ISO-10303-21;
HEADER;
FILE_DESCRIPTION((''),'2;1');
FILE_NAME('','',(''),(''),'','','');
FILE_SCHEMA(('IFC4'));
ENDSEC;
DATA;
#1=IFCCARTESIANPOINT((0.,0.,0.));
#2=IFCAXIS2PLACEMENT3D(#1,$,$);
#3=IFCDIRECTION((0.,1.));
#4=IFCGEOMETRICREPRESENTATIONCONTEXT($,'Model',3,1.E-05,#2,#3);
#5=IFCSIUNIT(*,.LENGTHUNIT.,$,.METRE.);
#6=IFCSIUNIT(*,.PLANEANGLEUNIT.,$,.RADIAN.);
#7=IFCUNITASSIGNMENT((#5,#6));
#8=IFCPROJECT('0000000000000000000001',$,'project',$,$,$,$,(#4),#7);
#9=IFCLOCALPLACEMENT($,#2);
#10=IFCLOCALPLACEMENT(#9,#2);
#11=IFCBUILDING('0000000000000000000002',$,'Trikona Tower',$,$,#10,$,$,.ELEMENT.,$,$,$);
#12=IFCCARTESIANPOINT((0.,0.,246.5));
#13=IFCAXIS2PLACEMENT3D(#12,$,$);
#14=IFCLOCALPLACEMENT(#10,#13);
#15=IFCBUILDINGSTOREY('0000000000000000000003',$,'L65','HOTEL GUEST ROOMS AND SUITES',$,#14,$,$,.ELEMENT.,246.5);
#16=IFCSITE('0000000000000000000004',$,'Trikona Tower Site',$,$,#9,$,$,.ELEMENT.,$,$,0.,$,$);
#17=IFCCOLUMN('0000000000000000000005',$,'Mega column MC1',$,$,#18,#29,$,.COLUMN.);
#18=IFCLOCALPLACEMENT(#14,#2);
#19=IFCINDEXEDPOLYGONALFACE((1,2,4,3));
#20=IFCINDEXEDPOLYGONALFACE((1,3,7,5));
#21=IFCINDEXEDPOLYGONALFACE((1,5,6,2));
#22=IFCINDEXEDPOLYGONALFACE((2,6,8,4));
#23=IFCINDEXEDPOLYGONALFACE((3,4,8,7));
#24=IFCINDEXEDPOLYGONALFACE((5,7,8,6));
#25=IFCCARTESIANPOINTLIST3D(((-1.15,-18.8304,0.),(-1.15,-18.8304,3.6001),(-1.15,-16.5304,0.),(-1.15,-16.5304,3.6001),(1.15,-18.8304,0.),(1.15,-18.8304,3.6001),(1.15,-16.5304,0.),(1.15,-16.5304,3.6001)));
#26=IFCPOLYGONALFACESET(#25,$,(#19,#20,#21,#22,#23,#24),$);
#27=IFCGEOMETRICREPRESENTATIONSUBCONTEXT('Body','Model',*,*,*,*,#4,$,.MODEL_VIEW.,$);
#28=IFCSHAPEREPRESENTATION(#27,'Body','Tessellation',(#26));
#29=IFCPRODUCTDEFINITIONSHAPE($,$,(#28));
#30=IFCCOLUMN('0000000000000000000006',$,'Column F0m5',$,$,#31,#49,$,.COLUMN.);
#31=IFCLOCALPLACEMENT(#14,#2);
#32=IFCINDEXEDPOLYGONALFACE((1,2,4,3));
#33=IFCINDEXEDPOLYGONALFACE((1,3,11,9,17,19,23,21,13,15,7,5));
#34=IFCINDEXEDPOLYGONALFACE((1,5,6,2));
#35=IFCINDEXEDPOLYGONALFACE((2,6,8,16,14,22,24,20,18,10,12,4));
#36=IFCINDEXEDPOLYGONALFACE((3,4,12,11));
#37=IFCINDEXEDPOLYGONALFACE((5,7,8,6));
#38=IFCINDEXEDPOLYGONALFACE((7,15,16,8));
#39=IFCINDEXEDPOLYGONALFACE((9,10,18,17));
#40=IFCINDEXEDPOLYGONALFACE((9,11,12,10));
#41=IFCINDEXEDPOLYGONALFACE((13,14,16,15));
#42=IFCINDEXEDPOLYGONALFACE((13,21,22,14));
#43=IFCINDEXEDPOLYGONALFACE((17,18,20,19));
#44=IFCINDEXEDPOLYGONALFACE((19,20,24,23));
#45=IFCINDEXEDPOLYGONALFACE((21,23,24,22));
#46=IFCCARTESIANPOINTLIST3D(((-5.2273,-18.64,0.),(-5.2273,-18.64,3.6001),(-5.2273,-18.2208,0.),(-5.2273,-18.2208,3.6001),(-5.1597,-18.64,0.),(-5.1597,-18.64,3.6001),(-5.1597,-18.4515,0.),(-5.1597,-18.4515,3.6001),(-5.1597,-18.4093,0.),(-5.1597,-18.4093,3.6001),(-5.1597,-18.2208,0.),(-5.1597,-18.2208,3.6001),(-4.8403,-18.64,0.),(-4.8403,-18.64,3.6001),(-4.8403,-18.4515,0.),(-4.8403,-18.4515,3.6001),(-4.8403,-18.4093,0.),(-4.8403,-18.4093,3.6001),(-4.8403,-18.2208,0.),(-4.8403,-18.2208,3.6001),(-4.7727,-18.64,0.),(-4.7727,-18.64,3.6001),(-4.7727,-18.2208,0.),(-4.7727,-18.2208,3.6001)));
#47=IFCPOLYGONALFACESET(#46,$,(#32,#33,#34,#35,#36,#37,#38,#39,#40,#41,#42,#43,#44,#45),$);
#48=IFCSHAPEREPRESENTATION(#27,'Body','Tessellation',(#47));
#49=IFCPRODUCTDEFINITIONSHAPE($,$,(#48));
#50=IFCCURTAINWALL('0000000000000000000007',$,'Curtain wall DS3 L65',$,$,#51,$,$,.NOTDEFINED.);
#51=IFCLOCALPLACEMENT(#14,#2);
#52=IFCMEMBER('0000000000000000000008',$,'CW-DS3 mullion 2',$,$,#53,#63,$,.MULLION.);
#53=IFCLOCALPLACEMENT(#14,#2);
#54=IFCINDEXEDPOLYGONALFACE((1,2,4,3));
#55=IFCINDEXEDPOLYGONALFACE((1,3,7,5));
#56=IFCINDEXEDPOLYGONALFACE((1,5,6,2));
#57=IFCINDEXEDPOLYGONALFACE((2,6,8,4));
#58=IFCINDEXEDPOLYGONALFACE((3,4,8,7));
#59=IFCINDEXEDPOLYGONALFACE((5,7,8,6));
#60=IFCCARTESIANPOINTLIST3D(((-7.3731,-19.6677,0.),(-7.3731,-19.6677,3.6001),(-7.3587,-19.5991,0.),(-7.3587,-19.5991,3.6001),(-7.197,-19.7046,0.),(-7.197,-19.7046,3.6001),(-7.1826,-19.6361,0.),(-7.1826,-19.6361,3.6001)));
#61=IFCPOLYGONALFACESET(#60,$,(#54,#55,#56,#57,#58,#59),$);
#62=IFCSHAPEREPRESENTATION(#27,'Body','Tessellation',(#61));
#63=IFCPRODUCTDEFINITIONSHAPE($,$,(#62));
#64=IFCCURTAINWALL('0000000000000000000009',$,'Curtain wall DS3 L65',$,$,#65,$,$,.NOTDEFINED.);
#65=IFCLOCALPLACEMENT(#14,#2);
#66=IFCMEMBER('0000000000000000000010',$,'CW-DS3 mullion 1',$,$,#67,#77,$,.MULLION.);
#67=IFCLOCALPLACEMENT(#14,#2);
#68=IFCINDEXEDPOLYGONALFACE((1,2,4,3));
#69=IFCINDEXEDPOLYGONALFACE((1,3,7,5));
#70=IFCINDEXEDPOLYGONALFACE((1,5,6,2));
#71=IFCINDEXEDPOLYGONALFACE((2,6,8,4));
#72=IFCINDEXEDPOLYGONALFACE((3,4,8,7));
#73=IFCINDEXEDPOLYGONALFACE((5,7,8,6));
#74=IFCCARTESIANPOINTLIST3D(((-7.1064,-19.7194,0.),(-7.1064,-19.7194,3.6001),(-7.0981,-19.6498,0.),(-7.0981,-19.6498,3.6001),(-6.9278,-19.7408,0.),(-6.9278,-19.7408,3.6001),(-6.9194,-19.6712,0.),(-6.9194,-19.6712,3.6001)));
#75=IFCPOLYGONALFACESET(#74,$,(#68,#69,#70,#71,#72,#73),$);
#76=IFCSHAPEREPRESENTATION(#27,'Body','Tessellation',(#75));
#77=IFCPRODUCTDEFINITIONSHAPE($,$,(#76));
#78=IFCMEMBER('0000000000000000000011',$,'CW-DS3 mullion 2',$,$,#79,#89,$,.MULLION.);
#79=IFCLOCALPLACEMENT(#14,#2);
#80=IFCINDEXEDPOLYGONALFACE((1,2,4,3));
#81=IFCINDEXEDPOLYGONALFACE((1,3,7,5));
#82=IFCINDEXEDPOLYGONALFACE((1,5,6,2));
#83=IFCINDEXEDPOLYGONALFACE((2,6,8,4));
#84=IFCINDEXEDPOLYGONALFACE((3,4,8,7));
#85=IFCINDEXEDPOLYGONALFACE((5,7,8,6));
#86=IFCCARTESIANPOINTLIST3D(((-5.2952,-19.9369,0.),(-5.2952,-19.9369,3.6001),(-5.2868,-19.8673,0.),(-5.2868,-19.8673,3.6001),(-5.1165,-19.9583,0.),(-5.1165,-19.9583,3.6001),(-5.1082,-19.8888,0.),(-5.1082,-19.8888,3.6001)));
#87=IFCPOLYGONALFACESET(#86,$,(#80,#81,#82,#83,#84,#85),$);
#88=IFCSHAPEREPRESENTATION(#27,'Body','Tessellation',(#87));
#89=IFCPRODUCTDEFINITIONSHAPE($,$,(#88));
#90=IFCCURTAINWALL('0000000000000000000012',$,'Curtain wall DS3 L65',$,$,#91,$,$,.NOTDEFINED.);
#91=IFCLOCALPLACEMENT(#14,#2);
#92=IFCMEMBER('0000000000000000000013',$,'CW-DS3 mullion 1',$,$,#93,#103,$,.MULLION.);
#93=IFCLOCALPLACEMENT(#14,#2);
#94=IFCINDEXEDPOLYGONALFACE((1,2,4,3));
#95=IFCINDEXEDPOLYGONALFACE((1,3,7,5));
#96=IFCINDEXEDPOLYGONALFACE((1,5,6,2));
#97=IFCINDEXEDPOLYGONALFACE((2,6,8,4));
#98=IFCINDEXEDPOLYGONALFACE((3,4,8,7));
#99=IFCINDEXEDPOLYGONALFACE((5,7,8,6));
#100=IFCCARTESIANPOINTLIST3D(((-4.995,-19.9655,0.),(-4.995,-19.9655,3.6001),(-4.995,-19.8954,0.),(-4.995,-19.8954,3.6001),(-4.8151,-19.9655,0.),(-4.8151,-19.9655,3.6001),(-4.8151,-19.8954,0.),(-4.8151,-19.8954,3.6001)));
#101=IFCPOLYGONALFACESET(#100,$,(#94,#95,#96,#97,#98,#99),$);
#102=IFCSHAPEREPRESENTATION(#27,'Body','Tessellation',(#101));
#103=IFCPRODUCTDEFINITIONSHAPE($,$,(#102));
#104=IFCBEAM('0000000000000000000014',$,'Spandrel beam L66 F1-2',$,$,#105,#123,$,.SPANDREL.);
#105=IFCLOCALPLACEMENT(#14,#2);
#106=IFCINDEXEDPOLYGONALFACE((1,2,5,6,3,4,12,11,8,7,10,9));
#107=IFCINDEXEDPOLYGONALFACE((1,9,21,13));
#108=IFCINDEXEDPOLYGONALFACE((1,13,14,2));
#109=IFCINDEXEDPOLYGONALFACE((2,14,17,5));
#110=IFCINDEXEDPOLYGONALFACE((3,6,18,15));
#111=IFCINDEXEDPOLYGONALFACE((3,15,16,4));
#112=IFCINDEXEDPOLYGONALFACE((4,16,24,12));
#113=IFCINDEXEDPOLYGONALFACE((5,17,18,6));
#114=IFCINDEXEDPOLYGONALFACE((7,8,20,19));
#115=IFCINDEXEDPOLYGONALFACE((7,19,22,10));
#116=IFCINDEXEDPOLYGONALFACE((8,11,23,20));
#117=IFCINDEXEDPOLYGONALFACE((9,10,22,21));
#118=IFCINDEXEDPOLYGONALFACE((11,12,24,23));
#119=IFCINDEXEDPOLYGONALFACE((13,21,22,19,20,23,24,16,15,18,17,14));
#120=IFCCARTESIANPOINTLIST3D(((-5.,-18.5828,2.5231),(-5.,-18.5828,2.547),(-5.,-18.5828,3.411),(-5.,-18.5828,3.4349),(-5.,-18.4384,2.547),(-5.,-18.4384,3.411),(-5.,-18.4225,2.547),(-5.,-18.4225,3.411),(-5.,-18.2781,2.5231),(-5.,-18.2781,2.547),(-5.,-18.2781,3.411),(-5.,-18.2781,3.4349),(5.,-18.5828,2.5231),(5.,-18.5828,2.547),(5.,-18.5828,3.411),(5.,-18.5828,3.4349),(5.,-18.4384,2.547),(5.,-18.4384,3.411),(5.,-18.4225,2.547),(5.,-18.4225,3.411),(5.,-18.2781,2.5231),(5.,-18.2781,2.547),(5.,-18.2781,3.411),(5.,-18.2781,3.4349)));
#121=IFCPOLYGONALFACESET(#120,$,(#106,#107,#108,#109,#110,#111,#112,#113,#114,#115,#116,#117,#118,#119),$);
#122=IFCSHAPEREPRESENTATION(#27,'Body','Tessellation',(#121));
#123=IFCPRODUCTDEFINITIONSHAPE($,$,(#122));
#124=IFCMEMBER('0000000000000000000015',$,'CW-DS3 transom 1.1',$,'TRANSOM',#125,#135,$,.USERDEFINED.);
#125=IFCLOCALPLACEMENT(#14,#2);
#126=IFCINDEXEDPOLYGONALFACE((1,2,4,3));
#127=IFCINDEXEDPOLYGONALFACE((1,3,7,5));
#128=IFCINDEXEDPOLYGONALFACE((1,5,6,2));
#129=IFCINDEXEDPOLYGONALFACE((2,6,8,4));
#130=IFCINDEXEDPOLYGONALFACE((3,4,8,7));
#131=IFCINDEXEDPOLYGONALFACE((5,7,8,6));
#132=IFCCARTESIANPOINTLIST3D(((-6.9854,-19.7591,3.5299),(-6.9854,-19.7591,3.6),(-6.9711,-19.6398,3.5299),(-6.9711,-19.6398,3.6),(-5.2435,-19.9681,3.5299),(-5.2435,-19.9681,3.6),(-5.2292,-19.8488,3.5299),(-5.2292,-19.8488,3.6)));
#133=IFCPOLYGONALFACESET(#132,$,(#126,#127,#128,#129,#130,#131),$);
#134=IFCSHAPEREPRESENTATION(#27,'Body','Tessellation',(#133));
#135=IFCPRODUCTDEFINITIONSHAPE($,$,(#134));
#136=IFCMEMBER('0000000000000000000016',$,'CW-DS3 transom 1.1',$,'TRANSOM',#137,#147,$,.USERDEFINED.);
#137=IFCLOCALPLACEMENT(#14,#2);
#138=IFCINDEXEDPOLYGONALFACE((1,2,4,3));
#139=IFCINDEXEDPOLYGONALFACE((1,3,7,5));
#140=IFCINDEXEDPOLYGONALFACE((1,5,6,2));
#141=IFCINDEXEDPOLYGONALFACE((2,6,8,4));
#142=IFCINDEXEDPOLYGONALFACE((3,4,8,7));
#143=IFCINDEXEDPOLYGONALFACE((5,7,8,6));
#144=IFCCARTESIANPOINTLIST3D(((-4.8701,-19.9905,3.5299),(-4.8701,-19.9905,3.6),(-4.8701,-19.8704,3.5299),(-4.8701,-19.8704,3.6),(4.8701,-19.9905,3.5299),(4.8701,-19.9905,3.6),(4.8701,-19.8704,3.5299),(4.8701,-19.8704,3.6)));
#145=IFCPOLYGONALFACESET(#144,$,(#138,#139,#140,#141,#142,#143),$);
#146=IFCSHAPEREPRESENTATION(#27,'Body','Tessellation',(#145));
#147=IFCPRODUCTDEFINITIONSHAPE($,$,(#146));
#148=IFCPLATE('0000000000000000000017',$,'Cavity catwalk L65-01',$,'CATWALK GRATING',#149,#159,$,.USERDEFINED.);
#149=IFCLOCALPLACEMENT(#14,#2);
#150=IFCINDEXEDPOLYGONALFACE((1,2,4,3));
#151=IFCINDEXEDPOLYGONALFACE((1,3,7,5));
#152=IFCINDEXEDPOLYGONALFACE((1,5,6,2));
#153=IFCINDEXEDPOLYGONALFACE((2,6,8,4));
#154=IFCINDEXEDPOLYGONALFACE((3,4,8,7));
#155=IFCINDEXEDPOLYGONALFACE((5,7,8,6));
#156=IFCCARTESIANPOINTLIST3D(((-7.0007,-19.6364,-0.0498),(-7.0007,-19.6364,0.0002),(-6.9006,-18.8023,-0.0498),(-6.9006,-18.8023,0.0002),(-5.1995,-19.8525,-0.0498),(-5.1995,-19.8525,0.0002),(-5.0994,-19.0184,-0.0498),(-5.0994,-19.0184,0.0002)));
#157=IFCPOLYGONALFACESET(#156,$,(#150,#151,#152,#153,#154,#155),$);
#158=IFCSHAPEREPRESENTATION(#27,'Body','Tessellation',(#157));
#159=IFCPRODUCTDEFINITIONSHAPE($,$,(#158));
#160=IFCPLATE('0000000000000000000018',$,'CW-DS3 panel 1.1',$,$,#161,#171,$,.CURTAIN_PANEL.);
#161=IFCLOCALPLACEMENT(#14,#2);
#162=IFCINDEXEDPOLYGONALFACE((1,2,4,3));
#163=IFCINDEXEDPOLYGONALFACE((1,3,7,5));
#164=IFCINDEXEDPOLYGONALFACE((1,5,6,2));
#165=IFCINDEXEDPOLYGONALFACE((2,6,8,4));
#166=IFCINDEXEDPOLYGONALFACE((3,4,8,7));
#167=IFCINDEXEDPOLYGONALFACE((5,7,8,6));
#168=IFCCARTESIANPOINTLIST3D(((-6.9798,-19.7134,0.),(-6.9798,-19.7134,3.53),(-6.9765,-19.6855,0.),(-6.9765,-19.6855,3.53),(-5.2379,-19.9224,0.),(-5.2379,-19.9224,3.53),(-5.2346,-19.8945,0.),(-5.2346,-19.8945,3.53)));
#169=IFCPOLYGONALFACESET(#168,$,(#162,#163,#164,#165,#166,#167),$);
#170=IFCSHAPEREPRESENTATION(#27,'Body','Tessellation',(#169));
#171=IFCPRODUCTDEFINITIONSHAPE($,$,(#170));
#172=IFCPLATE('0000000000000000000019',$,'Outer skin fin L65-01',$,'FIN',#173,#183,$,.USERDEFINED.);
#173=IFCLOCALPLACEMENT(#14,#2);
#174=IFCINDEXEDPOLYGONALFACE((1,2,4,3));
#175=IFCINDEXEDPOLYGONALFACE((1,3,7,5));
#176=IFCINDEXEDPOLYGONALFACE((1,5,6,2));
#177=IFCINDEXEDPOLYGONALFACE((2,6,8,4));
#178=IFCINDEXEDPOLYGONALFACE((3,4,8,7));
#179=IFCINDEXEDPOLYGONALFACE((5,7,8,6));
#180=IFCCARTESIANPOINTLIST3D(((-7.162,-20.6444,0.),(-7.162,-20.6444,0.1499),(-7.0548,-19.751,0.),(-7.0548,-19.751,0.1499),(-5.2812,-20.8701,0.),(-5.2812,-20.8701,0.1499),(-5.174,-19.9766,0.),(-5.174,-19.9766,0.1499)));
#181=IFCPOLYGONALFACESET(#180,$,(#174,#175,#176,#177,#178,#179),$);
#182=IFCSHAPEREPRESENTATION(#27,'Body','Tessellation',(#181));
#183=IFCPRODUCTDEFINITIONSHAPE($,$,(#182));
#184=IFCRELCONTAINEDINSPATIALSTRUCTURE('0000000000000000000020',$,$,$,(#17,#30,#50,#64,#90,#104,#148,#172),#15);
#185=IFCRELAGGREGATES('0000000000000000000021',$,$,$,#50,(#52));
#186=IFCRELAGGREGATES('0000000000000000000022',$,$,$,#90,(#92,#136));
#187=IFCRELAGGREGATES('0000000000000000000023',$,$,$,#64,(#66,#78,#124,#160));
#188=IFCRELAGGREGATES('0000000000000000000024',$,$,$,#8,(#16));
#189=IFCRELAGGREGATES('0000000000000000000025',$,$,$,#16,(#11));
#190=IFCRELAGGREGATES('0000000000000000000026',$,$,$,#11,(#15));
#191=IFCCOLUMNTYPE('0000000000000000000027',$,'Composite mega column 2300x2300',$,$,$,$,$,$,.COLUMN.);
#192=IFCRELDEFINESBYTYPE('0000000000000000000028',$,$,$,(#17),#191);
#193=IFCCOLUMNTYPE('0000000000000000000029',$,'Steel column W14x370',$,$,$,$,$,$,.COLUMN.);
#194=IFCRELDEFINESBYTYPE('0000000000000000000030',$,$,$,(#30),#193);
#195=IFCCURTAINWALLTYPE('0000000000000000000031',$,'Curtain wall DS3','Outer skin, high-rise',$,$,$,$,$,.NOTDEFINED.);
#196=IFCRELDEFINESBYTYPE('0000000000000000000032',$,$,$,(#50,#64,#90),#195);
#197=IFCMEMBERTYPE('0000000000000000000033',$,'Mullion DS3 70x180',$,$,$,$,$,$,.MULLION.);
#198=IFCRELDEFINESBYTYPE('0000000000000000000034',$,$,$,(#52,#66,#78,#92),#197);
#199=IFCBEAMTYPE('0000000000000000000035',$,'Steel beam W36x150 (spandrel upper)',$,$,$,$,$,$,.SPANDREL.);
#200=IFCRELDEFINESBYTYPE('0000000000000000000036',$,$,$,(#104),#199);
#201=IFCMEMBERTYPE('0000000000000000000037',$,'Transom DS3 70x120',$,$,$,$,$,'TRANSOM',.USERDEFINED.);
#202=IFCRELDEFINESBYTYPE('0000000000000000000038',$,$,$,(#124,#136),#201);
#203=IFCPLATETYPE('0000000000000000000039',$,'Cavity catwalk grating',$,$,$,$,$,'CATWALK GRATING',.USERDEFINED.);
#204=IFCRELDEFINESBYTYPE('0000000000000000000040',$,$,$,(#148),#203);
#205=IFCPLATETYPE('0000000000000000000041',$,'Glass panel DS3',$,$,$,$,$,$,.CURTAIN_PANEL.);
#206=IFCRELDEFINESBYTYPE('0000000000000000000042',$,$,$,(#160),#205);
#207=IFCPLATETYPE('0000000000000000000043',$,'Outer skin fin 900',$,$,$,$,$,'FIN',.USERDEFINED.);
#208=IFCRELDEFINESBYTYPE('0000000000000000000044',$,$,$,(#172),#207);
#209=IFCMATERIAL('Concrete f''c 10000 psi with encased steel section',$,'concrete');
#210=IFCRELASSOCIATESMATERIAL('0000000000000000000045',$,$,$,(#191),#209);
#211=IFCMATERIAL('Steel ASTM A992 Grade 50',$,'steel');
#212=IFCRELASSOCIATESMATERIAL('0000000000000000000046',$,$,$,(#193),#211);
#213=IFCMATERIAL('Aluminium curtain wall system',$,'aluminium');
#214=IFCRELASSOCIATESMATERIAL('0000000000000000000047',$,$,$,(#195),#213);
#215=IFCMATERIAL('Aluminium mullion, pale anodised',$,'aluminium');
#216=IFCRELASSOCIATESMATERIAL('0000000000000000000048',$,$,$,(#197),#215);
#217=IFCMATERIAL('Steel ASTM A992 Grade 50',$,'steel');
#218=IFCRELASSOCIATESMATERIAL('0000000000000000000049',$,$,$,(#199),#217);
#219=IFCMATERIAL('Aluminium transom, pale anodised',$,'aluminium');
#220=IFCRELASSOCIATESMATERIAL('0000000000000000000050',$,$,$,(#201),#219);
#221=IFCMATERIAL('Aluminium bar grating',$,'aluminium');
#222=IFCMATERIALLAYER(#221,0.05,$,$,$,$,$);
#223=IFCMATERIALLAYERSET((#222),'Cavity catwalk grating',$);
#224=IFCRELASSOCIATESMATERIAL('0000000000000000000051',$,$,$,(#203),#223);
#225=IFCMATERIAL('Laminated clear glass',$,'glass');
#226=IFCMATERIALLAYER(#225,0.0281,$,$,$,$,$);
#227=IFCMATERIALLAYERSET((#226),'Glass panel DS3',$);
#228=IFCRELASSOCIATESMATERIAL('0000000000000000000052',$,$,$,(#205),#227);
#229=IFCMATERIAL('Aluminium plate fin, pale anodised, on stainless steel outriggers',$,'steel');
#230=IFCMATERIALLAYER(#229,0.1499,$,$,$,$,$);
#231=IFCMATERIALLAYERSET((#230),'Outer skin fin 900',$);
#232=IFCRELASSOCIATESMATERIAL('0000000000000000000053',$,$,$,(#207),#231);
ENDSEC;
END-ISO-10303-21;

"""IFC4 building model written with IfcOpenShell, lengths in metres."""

from ifc_helpers import new_model, si_unit, direction, frame, origin, origin_2d, place, context, subcontext, project, spatial, rectangle, i_section, extrude, material, layer, layer_set, material_profile, profile_set, type_object, element, aggregate, save


model = new_model("IFC4")

# Units and contexts
model_context = context("Model", 3, precision=1e-05, world=origin(), true_north=direction((0.0, 1.0)))
body_context = subcontext(model_context, "Body", "Model", "MODEL_VIEW")
ifc_project = project(units=[si_unit("LENGTHUNIT", "METRE"), si_unit("PLANEANGLEUNIT", "RADIAN")], contexts=[model_context])

# Site, building, storey
site_placement = place(None, origin())
site = spatial("IfcSite", under=ifc_project, at=site_placement, Name="Trikona Tower Site", CompositionType="ELEMENT", RefElevation=0.0)
building_placement = place(site_placement, origin())
building = spatial("IfcBuilding", under=site, at=building_placement, Name="Trikona Tower", CompositionType="ELEMENT")
storey_placement = place(building_placement, frame((0.0, 0.0, 246.5)))
storey = spatial("IfcBuildingStorey", under=building, at=storey_placement, Name="L65", Description="HOTEL GUEST ROOMS AND SUITES", CompositionType="ELEMENT", Elevation=246.5)

# Columns
ifc_material_1 = material(Name="Concrete f'c 10000 psi with encased steel section", Category="concrete")
ifc_material_profile_1 = material_profile(ifc_material_1, rectangle(XDim=2.3, YDim=2.3, at=origin_2d()), Name="MC2300")
ifc_profile_set_1 = profile_set([ifc_material_profile_1], Name="Concrete f'c 10000 psi with encased steel section")
column_type_1 = type_object("IfcColumnType", Name="Composite mega column 2300x2300", PredefinedType="COLUMN", material=ifc_profile_set_1)
column_1_placement = place(storey_placement, frame((0.0, -17.6804, 0.0), z_axis=(0.0, 0.0, 1.0), x_axis=(0.0, -1.0, 0.0)))
element("IfcColumn", 1, at=column_1_placement, inside=storey, type_object=column_type_1, Name="Mega column MC1", PredefinedType="COLUMN", context=body_context, shape_type="SweptSolid", body=[
    extrude(rectangle(XDim=2.3, YDim=2.3, at=origin_2d()), origin(), (0.0, 0.0, 1.0), 3.6001),
])
ifc_material_2 = material(Name="Steel ASTM A992 Grade 50", Category="steel")
ifc_material_profile_2 = material_profile(ifc_material_2, i_section(OverallWidth=0.4192, OverallDepth=0.4546, WebThickness=0.0422, FlangeThickness=0.0676, at=origin_2d()), Name="W14X370")
ifc_profile_set_2 = profile_set([ifc_material_profile_2], Name="Steel ASTM A992 Grade 50")
column_type_2 = type_object("IfcColumnType", Name="Steel column W14x370", PredefinedType="COLUMN", material=ifc_profile_set_2)
column_2_placement = place(storey_placement, frame((-5.0, -18.4304, 0.0), z_axis=(0.0, 0.0, 1.0), x_axis=(0.0, -1.0, 0.0)))
element("IfcColumn", 2, at=column_2_placement, inside=storey, type_object=column_type_2, Name="Column F0m5", PredefinedType="COLUMN", context=body_context, shape_type="SweptSolid", body=[
    extrude(i_section(OverallWidth=0.4192, OverallDepth=0.4546, WebThickness=0.0422, FlangeThickness=0.0676, at=origin_2d()), origin(), (0.0, 0.0, 1.0), 3.6001),
])

# Curtain wall, member
ifc_material_3 = material(Name="Aluminium curtain wall system", Category="aluminium")
curtain_wall_type = type_object("IfcCurtainWallType", Name="Curtain wall DS3", Description="Outer skin, high-rise", PredefinedType="NOTDEFINED", material=ifc_material_3)
curtain_wall_1_placement = place(storey_placement, origin())
curtain_wall_1 = element("IfcCurtainWall", 3, at=curtain_wall_1_placement, inside=storey, type_object=curtain_wall_type, Name="Curtain wall DS3 L65", PredefinedType="NOTDEFINED")
ifc_material_4 = material(Name="Aluminium mullion, pale anodised", Category="aluminium")
ifc_material_profile_3 = material_profile(ifc_material_4, rectangle(XDim=0.0701, YDim=0.1799, at=origin_2d()), Name="MUL-DS3")
ifc_profile_set_3 = profile_set([ifc_material_profile_3], Name="Aluminium mullion, pale anodised")
member_type_1 = type_object("IfcMemberType", Name="Mullion DS3 70x180", PredefinedType="MULLION", material=ifc_profile_set_3)
member_1_placement = place(storey_placement, frame((-7.2778, -19.6519, 0.0), z_axis=(0.0, 0.0, 1.0), x_axis=(0.205527, 0.978651, 0.0)))
member_1 = element("IfcMember", 4, at=member_1_placement, type_object=member_type_1, Name="CW-DS3 mullion 2", PredefinedType="MULLION", context=body_context, shape_type="SweptSolid", body=[
    extrude(rectangle(XDim=0.0701, YDim=0.1799, at=origin_2d()), origin(), (0.0, 0.0, 1.0), 3.6001),
])
aggregate(curtain_wall_1, [member_1])

# Curtain wall, members
curtain_wall_2_placement = place(storey_placement, origin())
curtain_wall_2 = element("IfcCurtainWall", 5, at=curtain_wall_2_placement, inside=storey, type_object=curtain_wall_type, Name="Curtain wall DS3 L65", PredefinedType="NOTDEFINED")
member_2_placement = place(storey_placement, frame((-7.0129, -19.6953, 0.0), z_axis=(0.0, 0.0, 1.0), x_axis=(0.119141, 0.992877, 0.0)))
member_2 = element("IfcMember", 6, at=member_2_placement, type_object=member_type_1, Name="CW-DS3 mullion 1", PredefinedType="MULLION", context=body_context, shape_type="SweptSolid", body=[
    extrude(rectangle(XDim=0.0701, YDim=0.1799, at=origin_2d()), origin(), (0.0, 0.0, 1.0), 3.6001),
])
member_3_placement = place(storey_placement, frame((-5.2017, -19.9128, 0.0), z_axis=(0.0, 0.0, 1.0), x_axis=(0.119141, 0.992877, 0.0)))
member_3 = element("IfcMember", 7, at=member_3_placement, type_object=member_type_1, Name="CW-DS3 mullion 2", PredefinedType="MULLION", context=body_context, shape_type="SweptSolid", body=[
    extrude(rectangle(XDim=0.0701, YDim=0.1799, at=origin_2d()), origin(), (0.0, 0.0, 1.0), 3.6001),
])

# Curtain wall, member
curtain_wall_3_placement = place(storey_placement, origin())
curtain_wall_3 = element("IfcCurtainWall", 8, at=curtain_wall_3_placement, inside=storey, type_object=curtain_wall_type, Name="Curtain wall DS3 L65", PredefinedType="NOTDEFINED")
member_4_placement = place(storey_placement, frame((-4.905, -19.9304, 0.0), z_axis=(0.0, 0.0, 1.0), x_axis=(0.0, 1.0, 0.0)))
member_4 = element("IfcMember", 9, at=member_4_placement, type_object=member_type_1, Name="CW-DS3 mullion 1", PredefinedType="MULLION", context=body_context, shape_type="SweptSolid", body=[
    extrude(rectangle(XDim=0.0701, YDim=0.1799, at=origin_2d()), origin(), (0.0, 0.0, 1.0), 3.6001),
])

# Beam
ifc_material_5 = material(Name="Steel ASTM A992 Grade 50", Category="steel")
ifc_material_profile_4 = material_profile(ifc_material_5, i_section(OverallWidth=0.3047, OverallDepth=0.9119, WebThickness=0.0159, FlangeThickness=0.0239, at=origin_2d()), Name="W36X150")
ifc_profile_set_4 = profile_set([ifc_material_profile_4], Name="Steel ASTM A992 Grade 50")
beam_type = type_object("IfcBeamType", Name="Steel beam W36x150 (spandrel upper)", PredefinedType="SPANDREL", material=ifc_profile_set_4)
beam_placement = place(storey_placement, frame((-5.0, -18.4304, 2.979), z_axis=(1.0, 0.0, 0.0), x_axis=(0.0, 1.0, 0.0)))
element("IfcBeam", 10, at=beam_placement, inside=storey, type_object=beam_type, Name="Spandrel beam L66 F1-2", PredefinedType="SPANDREL", context=body_context, shape_type="SweptSolid", body=[
    extrude(i_section(OverallWidth=0.3047, OverallDepth=0.9119, WebThickness=0.0159, FlangeThickness=0.0239, at=origin_2d()), origin(), (0.0, 0.0, 1.0), 10.0),
])

# Members
ifc_material_6 = material(Name="Aluminium transom, pale anodised", Category="aluminium")
ifc_material_profile_5 = material_profile(ifc_material_6, rectangle(XDim=0.1201, YDim=0.0701, at=origin_2d()), Name="TRN-DS3")
ifc_profile_set_5 = profile_set([ifc_material_profile_5], Name="Aluminium transom, pale anodised")
member_type_2 = type_object("IfcMemberType", Name="Transom DS3 70x120", ElementType="TRANSOM", PredefinedType="USERDEFINED", material=ifc_profile_set_5)
member_5_placement = place(storey_placement, frame((-6.9783, -19.6995, 3.5649), z_axis=(0.99288, -0.119118, 0.0), x_axis=(0.119118, 0.99288, 0.0)))
member_5 = element("IfcMember", 11, at=member_5_placement, type_object=member_type_2, Name="CW-DS3 transom 1.1", ObjectType="TRANSOM", PredefinedType="USERDEFINED", context=body_context, shape_type="SweptSolid", body=[
    extrude(rectangle(XDim=0.1201, YDim=0.0701, at=origin_2d()), origin(), (0.0, 0.0, 1.0), 1.7544),
])
member_6_placement = place(storey_placement, frame((-4.8701, -19.9304, 3.5649), z_axis=(1.0, 0.0, 0.0), x_axis=(0.0, 1.0, 0.0)))
member_6 = element("IfcMember", 12, at=member_6_placement, type_object=member_type_2, Name="CW-DS3 transom 1.1", ObjectType="TRANSOM", PredefinedType="USERDEFINED", context=body_context, shape_type="SweptSolid", body=[
    extrude(rectangle(XDim=0.1201, YDim=0.0701, at=origin_2d()), origin(), (0.0, 0.0, 1.0), 9.7402),
])
aggregate(curtain_wall_3, [member_4, member_6])

# Plates
ifc_material_7 = material(Name="Aluminium bar grating", Category="aluminium")
ifc_layer_1 = layer(ifc_material_7, 0.05)
ifc_layer_set_1 = layer_set([ifc_layer_1], Name="Cavity catwalk grating")
plate_type_1 = type_object("IfcPlateType", Name="Cavity catwalk grating", ElementType="CATWALK GRATING", PredefinedType="USERDEFINED", material=ifc_layer_set_1)
plate_1_placement = place(storey_placement, frame((-6.05, -19.3274, -0.0498), z_axis=(0.0, 0.0, 1.0), x_axis=(0.992877, -0.119146, 0.0)))
element("IfcPlate", 13, at=plate_1_placement, inside=storey, type_object=plate_type_1, Name="Cavity catwalk L65-01", ObjectType="CATWALK GRATING", PredefinedType="USERDEFINED", context=body_context, shape_type="SweptSolid", body=[
    extrude(rectangle(XDim=1.8142, YDim=0.8401, at=origin_2d()), origin(), (0.0, 0.0, 1.0), 0.05),
])
ifc_material_8 = material(Name="Laminated clear glass", Category="glass")
ifc_layer_2 = layer(ifc_material_8, 0.0281)
ifc_layer_set_2 = layer_set([ifc_layer_2], Name="Glass panel DS3")
plate_type_2 = type_object("IfcPlateType", Name="Glass panel DS3", PredefinedType="CURTAIN_PANEL", material=ifc_layer_set_2)
plate_2_placement = place(storey_placement, frame((-6.1072, -19.804, 0.0), z_axis=(0.0, 0.0, 1.0), x_axis=(0.992877, -0.119141, 0.0)))
plate_2 = element("IfcPlate", 14, at=plate_2_placement, type_object=plate_type_2, Name="CW-DS3 panel 1.1", PredefinedType="CURTAIN_PANEL", context=body_context, shape_type="SweptSolid", body=[
    extrude(rectangle(XDim=1.7544, YDim=0.0281, at=origin_2d()), origin(), (0.0, 0.0, 1.0), 3.53),
])
aggregate(curtain_wall_2, [member_2, member_3, member_5, plate_2])
ifc_material_9 = material(Name="Aluminium plate fin, pale anodised, on stainless steel outriggers", Category="steel")
ifc_layer_3 = layer(ifc_material_9, 0.1499)
ifc_layer_set_3 = layer_set([ifc_layer_3], Name="Outer skin fin 900")
plate_type_3 = type_object("IfcPlateType", Name="Outer skin fin 900", ElementType="FIN", PredefinedType="USERDEFINED", material=ifc_layer_set_3)
plate_3_placement = place(storey_placement, frame((-6.168, -20.3105, 0.0), z_axis=(0.0, 0.0, 1.0), x_axis=(0.992877, -0.119146, 0.0)))
element("IfcPlate", 15, at=plate_3_placement, inside=storey, type_object=plate_type_3, Name="Outer skin fin L65-01", ObjectType="FIN", PredefinedType="USERDEFINED", context=body_context, shape_type="SweptSolid", body=[
    extrude(rectangle(XDim=1.8943, YDim=0.8999, at=origin_2d()), origin(), (0.0, 0.0, 1.0), 0.1499),
])

save(model, "model.ifc")
